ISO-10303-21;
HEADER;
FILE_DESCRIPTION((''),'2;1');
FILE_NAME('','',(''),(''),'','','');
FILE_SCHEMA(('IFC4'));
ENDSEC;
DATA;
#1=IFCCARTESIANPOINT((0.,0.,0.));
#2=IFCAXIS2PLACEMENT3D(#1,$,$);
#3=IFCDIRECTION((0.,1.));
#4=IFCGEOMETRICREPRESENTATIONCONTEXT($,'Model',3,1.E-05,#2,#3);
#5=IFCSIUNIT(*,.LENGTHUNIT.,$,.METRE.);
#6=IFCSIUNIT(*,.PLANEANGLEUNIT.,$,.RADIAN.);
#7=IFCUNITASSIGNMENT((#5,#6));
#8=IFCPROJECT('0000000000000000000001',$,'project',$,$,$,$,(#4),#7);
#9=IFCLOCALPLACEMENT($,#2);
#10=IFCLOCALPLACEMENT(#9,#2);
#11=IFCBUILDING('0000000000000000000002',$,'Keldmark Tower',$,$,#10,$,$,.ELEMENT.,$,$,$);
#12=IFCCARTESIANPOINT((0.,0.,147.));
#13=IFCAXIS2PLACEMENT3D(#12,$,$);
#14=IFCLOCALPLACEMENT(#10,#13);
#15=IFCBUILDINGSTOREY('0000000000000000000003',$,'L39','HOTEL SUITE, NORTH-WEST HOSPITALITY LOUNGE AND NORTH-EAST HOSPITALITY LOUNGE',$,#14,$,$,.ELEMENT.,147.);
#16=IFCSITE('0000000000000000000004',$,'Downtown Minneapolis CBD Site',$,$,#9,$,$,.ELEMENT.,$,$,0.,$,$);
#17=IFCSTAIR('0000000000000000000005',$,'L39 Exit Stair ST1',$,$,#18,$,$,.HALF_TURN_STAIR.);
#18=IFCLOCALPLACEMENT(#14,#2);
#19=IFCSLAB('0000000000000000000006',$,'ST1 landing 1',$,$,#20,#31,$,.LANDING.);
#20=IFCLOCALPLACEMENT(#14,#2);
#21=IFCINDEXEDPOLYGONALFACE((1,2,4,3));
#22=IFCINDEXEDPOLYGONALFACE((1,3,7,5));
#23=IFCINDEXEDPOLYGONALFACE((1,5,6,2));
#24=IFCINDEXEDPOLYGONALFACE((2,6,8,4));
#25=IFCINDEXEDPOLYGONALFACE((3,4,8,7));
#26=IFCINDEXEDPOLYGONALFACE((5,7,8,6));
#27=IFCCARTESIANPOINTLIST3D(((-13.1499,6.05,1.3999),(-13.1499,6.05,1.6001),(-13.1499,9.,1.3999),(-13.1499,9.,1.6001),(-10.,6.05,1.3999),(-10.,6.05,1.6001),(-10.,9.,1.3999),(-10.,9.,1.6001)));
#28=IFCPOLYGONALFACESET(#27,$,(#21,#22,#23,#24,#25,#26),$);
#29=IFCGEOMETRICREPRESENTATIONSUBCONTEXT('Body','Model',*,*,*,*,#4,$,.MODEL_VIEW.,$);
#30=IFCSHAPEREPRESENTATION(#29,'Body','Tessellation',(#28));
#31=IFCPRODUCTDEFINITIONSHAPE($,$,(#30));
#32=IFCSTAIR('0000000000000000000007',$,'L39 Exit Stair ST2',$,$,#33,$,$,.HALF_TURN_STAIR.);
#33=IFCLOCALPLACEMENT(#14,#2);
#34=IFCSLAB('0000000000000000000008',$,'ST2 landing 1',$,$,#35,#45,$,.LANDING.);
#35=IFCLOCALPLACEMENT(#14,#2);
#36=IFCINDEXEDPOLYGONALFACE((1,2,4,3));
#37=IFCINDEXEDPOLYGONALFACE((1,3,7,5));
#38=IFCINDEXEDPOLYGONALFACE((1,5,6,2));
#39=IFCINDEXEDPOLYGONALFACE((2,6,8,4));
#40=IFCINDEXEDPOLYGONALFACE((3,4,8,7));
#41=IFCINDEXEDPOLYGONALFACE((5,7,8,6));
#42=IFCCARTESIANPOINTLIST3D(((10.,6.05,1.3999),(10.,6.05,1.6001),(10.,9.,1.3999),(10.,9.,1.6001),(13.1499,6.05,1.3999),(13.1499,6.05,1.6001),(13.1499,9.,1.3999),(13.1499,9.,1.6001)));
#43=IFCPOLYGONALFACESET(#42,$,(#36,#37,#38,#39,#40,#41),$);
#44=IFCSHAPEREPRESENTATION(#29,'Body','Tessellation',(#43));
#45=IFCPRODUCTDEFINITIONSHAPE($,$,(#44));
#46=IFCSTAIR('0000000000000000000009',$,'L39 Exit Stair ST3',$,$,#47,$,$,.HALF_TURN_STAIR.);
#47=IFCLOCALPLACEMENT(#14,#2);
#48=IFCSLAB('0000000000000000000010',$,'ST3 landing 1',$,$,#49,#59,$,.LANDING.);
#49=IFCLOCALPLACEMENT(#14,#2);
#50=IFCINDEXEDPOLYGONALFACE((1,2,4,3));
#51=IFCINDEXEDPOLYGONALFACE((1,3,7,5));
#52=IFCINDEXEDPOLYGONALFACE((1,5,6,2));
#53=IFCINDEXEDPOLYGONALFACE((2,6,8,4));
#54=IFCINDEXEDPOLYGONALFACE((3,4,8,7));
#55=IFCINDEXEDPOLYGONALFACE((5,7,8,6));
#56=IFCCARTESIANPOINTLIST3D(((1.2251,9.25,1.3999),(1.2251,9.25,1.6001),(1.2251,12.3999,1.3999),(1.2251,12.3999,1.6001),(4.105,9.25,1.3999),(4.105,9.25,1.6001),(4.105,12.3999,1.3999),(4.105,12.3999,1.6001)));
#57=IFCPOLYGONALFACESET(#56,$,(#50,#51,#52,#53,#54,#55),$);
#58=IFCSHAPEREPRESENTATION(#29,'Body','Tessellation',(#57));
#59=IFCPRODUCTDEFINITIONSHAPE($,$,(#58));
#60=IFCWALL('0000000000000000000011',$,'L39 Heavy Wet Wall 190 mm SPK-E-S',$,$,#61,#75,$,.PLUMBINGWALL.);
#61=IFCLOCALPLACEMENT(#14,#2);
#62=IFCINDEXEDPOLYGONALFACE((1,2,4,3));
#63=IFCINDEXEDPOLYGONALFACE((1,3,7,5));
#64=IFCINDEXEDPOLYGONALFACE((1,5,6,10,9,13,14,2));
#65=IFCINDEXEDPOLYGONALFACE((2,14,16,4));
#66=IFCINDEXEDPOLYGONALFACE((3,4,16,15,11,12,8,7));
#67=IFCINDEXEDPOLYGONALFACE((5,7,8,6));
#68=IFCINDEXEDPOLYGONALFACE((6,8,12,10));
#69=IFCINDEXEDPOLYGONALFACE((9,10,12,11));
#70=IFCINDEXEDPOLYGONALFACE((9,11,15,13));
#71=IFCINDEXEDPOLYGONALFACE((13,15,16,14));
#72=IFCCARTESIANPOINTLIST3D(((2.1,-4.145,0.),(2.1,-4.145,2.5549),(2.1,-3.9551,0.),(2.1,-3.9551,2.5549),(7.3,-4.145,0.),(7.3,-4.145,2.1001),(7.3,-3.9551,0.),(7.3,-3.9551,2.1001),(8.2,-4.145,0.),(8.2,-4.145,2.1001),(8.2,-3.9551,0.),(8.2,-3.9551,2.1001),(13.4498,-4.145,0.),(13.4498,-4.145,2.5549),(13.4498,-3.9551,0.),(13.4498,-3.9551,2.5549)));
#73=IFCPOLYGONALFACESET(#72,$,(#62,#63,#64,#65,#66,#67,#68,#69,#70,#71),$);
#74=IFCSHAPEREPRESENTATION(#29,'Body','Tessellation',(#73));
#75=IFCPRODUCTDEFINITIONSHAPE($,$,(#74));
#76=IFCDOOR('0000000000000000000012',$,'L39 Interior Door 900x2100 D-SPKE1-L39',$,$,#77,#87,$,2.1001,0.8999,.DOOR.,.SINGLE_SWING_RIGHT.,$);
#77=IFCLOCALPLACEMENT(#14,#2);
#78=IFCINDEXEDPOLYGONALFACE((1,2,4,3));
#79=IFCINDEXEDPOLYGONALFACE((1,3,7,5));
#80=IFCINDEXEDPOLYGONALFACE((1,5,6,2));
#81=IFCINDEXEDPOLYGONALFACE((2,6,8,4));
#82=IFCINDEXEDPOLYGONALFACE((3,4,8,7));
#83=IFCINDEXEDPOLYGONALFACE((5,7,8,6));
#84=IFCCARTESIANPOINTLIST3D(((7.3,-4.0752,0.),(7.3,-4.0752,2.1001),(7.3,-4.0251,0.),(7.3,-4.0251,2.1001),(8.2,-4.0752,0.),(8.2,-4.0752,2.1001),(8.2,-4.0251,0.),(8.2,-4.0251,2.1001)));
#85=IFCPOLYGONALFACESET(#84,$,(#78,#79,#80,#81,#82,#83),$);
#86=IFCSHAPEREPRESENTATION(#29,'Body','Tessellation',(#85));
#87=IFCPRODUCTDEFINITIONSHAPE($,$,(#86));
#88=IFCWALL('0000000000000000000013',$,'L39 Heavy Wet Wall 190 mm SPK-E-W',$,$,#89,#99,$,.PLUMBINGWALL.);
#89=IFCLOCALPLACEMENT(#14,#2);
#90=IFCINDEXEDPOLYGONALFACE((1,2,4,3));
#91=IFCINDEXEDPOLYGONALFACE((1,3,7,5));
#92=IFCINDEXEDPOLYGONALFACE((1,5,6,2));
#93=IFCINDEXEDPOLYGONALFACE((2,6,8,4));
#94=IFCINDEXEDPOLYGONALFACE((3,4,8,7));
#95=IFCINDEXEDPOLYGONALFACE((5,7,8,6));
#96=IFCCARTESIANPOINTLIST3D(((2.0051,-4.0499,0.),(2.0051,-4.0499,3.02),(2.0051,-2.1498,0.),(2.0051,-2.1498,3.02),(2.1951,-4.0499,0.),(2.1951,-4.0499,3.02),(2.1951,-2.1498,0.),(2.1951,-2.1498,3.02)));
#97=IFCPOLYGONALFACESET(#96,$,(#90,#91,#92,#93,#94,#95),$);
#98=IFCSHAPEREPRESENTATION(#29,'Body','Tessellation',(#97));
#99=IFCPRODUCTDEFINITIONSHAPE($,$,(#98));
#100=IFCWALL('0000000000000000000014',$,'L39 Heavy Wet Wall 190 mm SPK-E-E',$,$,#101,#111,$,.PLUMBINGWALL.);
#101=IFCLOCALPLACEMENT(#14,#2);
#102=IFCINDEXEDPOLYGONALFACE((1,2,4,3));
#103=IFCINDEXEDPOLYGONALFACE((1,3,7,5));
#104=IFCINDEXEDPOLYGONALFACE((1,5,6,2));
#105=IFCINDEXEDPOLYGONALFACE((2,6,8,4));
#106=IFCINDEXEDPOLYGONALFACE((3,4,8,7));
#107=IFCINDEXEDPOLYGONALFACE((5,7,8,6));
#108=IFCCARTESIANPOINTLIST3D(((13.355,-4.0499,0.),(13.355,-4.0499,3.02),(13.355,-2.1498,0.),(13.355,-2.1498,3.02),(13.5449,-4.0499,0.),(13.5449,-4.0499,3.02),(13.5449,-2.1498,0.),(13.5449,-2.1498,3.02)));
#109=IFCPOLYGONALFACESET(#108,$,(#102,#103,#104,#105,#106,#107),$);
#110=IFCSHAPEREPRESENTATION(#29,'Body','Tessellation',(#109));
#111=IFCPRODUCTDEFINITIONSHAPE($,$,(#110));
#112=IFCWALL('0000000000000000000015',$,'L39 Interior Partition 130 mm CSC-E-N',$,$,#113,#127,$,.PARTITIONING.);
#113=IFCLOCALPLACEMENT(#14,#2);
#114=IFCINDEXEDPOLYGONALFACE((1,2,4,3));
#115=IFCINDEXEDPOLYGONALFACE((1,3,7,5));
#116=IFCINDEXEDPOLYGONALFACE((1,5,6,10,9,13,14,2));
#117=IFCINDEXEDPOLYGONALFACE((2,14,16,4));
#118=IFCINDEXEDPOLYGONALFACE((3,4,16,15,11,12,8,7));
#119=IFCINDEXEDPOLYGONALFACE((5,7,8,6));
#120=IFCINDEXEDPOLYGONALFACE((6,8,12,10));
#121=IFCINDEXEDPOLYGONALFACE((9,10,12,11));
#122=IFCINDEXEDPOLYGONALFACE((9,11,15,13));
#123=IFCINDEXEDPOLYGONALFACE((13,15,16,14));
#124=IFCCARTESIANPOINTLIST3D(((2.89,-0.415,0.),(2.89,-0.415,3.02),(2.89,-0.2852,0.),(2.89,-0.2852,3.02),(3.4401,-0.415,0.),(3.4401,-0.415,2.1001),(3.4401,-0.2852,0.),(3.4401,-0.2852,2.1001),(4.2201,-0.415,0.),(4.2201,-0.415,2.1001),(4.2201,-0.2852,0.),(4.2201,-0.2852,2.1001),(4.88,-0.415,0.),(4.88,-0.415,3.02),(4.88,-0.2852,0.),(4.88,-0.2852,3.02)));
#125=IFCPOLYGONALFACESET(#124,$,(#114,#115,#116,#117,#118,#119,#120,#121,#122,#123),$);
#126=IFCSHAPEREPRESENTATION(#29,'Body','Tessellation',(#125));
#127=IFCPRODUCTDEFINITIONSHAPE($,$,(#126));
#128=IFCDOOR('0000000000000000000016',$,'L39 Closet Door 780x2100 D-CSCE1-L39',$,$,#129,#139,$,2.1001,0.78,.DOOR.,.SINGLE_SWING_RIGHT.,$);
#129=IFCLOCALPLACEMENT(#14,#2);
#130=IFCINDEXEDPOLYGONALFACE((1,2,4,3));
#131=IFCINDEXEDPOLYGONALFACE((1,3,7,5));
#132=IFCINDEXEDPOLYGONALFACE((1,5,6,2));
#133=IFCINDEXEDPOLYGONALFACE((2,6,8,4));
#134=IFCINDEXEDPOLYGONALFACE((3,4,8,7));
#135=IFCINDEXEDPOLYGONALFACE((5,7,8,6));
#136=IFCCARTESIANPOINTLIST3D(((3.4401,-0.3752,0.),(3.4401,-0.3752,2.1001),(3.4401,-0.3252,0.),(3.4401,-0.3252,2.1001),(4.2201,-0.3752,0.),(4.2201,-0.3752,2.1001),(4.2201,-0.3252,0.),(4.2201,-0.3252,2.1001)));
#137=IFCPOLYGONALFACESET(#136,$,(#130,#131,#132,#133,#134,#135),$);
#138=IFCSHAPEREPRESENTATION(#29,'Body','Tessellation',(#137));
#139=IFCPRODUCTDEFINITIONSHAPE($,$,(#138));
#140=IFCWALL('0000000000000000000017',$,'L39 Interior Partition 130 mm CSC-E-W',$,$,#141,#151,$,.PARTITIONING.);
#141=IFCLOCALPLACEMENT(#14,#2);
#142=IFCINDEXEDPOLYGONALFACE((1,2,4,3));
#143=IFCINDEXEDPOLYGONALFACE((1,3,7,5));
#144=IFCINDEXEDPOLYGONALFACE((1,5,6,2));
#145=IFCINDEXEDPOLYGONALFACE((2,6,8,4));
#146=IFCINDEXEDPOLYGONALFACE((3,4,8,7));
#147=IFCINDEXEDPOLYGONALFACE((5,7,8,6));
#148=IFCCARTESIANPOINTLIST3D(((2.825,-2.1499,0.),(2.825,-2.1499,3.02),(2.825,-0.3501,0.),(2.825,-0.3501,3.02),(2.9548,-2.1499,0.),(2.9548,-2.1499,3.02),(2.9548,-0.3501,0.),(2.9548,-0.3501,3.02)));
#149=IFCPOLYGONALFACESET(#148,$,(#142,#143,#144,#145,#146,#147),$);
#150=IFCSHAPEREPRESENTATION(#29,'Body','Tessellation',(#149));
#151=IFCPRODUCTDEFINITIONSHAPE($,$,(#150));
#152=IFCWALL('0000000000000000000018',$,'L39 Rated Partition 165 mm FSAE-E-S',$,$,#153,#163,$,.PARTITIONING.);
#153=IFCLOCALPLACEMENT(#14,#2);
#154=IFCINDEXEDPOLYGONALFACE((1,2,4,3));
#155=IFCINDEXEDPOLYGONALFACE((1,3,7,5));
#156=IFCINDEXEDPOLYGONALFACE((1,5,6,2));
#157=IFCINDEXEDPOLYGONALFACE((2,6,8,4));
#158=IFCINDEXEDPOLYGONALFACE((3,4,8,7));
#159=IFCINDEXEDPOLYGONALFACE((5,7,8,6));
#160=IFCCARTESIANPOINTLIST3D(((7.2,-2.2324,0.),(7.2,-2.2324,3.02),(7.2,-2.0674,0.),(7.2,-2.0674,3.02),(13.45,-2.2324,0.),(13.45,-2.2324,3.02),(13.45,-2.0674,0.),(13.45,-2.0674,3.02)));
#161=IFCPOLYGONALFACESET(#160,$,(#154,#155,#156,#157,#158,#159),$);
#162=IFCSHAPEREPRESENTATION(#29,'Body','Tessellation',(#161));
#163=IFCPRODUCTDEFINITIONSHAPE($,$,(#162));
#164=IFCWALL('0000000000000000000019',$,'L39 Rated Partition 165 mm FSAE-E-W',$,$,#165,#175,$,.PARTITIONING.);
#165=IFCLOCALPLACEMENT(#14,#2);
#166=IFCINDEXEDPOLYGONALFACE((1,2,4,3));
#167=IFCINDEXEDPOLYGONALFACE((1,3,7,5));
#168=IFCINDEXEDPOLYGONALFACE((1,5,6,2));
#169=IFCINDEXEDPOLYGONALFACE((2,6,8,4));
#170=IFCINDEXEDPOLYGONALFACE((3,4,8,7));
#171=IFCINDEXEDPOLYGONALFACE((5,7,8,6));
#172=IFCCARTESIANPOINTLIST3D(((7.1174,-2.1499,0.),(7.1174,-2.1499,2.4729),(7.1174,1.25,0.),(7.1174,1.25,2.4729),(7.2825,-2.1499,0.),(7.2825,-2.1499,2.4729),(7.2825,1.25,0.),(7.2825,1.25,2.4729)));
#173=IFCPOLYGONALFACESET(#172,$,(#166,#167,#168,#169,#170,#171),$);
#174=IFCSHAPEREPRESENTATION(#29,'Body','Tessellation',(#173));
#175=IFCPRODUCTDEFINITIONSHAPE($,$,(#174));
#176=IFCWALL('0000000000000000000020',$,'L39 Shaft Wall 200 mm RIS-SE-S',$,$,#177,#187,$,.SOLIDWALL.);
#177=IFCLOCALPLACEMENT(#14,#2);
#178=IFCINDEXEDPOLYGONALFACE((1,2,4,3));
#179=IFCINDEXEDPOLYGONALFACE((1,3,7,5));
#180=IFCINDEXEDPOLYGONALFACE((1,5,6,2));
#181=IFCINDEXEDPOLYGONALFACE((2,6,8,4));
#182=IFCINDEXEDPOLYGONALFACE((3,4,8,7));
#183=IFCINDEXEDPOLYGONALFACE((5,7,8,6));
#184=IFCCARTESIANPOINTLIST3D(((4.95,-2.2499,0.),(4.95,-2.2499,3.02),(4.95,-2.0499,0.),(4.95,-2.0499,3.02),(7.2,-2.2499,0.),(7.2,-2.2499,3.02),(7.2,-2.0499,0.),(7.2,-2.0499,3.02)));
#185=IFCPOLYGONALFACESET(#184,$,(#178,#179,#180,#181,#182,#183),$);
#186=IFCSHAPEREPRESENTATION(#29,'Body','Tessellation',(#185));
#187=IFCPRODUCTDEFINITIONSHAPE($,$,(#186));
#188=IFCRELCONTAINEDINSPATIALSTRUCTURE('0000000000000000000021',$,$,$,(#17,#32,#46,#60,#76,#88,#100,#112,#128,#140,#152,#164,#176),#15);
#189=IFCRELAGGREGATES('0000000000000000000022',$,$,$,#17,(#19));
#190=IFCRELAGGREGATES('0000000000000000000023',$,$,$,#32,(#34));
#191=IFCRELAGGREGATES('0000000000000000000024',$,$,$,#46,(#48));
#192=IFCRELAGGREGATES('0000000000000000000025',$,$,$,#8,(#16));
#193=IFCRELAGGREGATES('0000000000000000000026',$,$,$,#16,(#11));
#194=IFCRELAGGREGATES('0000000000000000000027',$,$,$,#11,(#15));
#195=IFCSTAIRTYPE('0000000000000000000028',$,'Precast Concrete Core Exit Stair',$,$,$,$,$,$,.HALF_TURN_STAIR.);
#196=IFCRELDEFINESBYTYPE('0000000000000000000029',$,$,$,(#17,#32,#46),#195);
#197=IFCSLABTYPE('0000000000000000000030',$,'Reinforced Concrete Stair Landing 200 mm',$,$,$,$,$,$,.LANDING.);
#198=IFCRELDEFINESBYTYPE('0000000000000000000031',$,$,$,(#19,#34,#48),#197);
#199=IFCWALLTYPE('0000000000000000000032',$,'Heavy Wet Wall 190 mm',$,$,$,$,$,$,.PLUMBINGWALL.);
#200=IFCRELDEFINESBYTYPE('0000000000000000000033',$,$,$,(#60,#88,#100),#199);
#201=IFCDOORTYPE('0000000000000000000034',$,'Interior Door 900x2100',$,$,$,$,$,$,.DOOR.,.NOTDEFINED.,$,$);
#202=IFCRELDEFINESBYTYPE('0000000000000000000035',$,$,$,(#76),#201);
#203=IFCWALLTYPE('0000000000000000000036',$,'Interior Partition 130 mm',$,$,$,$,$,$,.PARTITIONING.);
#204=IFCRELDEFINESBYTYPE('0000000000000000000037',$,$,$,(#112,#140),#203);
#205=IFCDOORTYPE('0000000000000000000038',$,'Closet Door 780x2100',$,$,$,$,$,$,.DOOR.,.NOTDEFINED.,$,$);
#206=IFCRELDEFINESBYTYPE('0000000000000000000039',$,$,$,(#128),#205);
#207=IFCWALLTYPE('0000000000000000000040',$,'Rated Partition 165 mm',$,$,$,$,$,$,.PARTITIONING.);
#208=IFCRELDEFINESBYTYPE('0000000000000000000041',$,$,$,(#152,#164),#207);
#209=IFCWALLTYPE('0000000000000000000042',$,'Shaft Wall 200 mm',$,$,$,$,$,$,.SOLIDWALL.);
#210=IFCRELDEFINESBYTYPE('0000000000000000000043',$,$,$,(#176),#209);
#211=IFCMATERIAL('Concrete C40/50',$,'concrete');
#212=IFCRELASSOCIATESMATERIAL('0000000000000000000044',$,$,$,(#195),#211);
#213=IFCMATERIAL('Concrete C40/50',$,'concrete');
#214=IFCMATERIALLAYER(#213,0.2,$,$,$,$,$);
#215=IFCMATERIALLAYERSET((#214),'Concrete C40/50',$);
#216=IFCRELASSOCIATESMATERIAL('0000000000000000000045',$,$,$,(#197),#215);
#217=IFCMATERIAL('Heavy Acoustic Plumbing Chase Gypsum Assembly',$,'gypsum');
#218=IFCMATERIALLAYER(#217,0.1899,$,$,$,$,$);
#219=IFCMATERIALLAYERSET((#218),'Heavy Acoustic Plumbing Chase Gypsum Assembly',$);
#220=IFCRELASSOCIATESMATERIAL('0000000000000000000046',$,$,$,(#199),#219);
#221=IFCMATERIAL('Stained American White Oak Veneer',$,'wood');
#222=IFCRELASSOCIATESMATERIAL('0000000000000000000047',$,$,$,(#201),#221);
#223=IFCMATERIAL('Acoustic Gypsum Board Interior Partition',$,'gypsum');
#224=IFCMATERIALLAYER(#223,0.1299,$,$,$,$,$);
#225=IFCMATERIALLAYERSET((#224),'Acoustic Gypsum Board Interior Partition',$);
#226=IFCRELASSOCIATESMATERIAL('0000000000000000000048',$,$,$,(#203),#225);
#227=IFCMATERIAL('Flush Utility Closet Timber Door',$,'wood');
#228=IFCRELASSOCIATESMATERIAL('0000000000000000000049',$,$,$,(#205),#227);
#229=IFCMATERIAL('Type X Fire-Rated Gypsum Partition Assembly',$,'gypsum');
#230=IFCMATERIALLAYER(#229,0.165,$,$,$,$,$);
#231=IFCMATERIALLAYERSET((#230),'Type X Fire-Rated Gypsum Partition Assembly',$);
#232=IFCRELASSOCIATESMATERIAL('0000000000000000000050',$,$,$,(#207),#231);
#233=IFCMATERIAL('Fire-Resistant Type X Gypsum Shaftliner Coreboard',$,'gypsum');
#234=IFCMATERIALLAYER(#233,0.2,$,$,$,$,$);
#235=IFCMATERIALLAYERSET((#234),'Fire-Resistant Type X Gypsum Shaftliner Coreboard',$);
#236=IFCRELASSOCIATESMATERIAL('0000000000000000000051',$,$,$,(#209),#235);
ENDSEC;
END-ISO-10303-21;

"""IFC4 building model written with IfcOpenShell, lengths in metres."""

from ifc_helpers import new_model, si_unit, direction, frame, frame_2d, origin, place, context, subcontext, project, spatial, polyline, rectangle, outline, extrude, material, layer, layer_set, type_object, element, fill, aggregate, save


model = new_model("IFC4")

# Units and contexts
model_context = context("Model", 3, precision=1e-05, world=origin(), true_north=direction((0.0, 1.0)))
body_context = subcontext(model_context, "Body", "Model", "MODEL_VIEW")
ifc_project = project(units=[si_unit("LENGTHUNIT", "METRE"), si_unit("PLANEANGLEUNIT", "RADIAN")], contexts=[model_context])

# Site, building, storey
site_placement = place(None, origin())
site = spatial("IfcSite", under=ifc_project, at=site_placement, Name="Downtown Minneapolis CBD Site", CompositionType="ELEMENT", RefElevation=0.0)
building_placement = place(site_placement, origin())
building = spatial("IfcBuilding", under=site, at=building_placement, Name="Keldmark Tower", CompositionType="ELEMENT")
storey_placement = place(building_placement, frame((0.0, 0.0, 147.0)))
storey = spatial("IfcBuildingStorey", under=building, at=storey_placement, Name="L39", Description="HOTEL SUITE, NORTH-WEST HOSPITALITY LOUNGE AND NORTH-EAST HOSPITALITY LOUNGE", CompositionType="ELEMENT", Elevation=147.0)

# Stairs, slabs
ifc_material_1 = material(Name="Concrete C40/50", Category="concrete")
stair_type = type_object("IfcStairType", Name="Precast Concrete Core Exit Stair", PredefinedType="HALF_TURN_STAIR", material=ifc_material_1)
stair_1_placement = place(storey_placement, origin())
stair_1 = element("IfcStair", 1, at=stair_1_placement, inside=storey, type_object=stair_type, Name="L39 Exit Stair ST1", PredefinedType="HALF_TURN_STAIR")
ifc_material_2 = material(Name="Concrete C40/50", Category="concrete")
ifc_layer_1 = layer(ifc_material_2, 0.2)
ifc_layer_set_1 = layer_set([ifc_layer_1], Name="Concrete C40/50")
slab_type_1 = type_object("IfcSlabType", Name="Reinforced Concrete Stair Landing 200 mm", PredefinedType="LANDING", material=ifc_layer_set_1)
slab_1_placement = place(storey_placement, frame((0.0, 0.0, 1.3999)))
slab_1 = element("IfcSlab", 2, at=slab_1_placement, type_object=slab_type_1, Name="ST1 landing 1", PredefinedType="LANDING", context=body_context, shape_type="SweptSolid", body=[
    extrude(outline(polyline([(-10.0, 6.05), (-10.0, 9.0), (-13.1499, 9.0), (-13.1499, 6.05), (-10.0, 6.05)])), origin(), (0.0, 0.0, 1.0), 0.2002),
])
aggregate(stair_1, [slab_1])
stair_2_placement = place(storey_placement, origin())
stair_2 = element("IfcStair", 3, at=stair_2_placement, inside=storey, type_object=stair_type, Name="L39 Exit Stair ST2", PredefinedType="HALF_TURN_STAIR")
slab_2_placement = place(storey_placement, frame((0.0, 0.0, 1.3999)))
slab_2 = element("IfcSlab", 4, at=slab_2_placement, type_object=slab_type_1, Name="ST2 landing 1", PredefinedType="LANDING", context=body_context, shape_type="SweptSolid", body=[
    extrude(outline(polyline([(13.1499, 6.05), (13.1499, 9.0), (10.0, 9.0), (10.0, 6.05), (13.1499, 6.05)])), origin(), (0.0, 0.0, 1.0), 0.2002),
])
aggregate(stair_2, [slab_2])
stair_3_placement = place(storey_placement, origin())
stair_3 = element("IfcStair", 5, at=stair_3_placement, inside=storey, type_object=stair_type, Name="L39 Exit Stair ST3", PredefinedType="HALF_TURN_STAIR")
slab_3_placement = place(storey_placement, frame((0.0, 0.0, 1.3999)))
slab_3 = element("IfcSlab", 6, at=slab_3_placement, type_object=slab_type_1, Name="ST3 landing 1", PredefinedType="LANDING", context=body_context, shape_type="SweptSolid", body=[
    extrude(outline(polyline([(1.2251, 9.25), (4.105, 9.25), (4.105, 12.3999), (1.2251, 12.3999), (1.2251, 9.25)])), origin(), (0.0, 0.0, 1.0), 0.2002),
])
aggregate(stair_3, [slab_3])

# Wall, opening, door
ifc_material_3 = material(Name="Heavy Acoustic Plumbing Chase Gypsum Assembly", Category="gypsum")
ifc_layer_2 = layer(ifc_material_3, 0.1899)
ifc_layer_set_2 = layer_set([ifc_layer_2], Name="Heavy Acoustic Plumbing Chase Gypsum Assembly")
wall_type_1 = type_object("IfcWallType", Name="Heavy Wet Wall 190 mm", PredefinedType="PLUMBINGWALL", material=ifc_layer_set_2)
wall_1_placement = place(storey_placement, frame((2.1001, -4.05, 0.0), z_axis=(0.0, 0.0, 1.0), x_axis=(1.0, 0.0, 0.0)))
wall_1 = element("IfcWall", 7, at=wall_1_placement, inside=storey, type_object=wall_type_1, Name="L39 Heavy Wet Wall 190 mm SPK-E-S", PredefinedType="PLUMBINGWALL", context=body_context, shape_type="SweptSolid", body=[
    extrude(rectangle(XDim=11.3499, YDim=0.1899, at=frame_2d((5.6748, 0.0))), origin(), (0.0, 0.0, 1.0), 2.5549),
])
opening_1_placement = place(wall_1_placement, frame((5.2, 0.0, 0.0)))
opening_1 = element("IfcOpeningElement", 8, at=opening_1_placement, cuts=wall_1, PredefinedType="OPENING", context=body_context, shape_type="SweptSolid", body=[
    extrude(rectangle(XDim=0.8999, YDim=2.1001, at=frame_2d((0.45, 1.05))), frame((0.0, 0.105, 0.0), z_axis=(0.0, -1.0, 0.0), x_axis=(1.0, 0.0, 0.0)), (0.0, 0.0, 1.0), 0.21),
])
ifc_material_4 = material(Name="Stained American White Oak Veneer", Category="wood")
door_type_1 = type_object("IfcDoorType", Name="Interior Door 900x2100", OperationType="NOTDEFINED", PredefinedType="DOOR", material=ifc_material_4)
door_1_placement = place(opening_1_placement, origin())
door_1 = element("IfcDoor", 9, at=door_1_placement, inside=storey, type_object=door_type_1, Name="L39 Interior Door 900x2100 D-SPKE1-L39", OperationType="SINGLE_SWING_RIGHT", OverallHeight=2.1001, OverallWidth=0.8999, PredefinedType="DOOR", context=body_context, shape_type="SweptSolid", body=[
    extrude(rectangle(XDim=0.8999, YDim=2.1001, at=frame_2d((0.45, 1.05))), frame((0.0, 0.0249, 0.0), z_axis=(0.0, -1.0, 0.0), x_axis=(1.0, 0.0, 0.0)), (0.0, 0.0, 1.0), 0.05),
])
fill(opening_1, door_1)

# Walls
for number, where, z_axis, x_axis, name in (
    (10, (2.1001, -4.05, 0.0), (0.0, 0.0, 1.0), (0.0, 1.0, 0.0), "L39 Heavy Wet Wall 190 mm SPK-E-W"),
    (11, (13.45, -4.05, 0.0), (0.0, 0.0, 1.0), (0.0, 1.0, 0.0), "L39 Heavy Wet Wall 190 mm SPK-E-E"),
):
    element("IfcWall", number, at=place(storey_placement, frame(where, z_axis=z_axis, x_axis=x_axis)), inside=storey, type_object=wall_type_1, Name=name, PredefinedType="PLUMBINGWALL", context=body_context, shape_type="SweptSolid", body=[
        extrude(rectangle(XDim=1.9001, YDim=0.1899, at=frame_2d((0.9502, 0.0))), origin(), (0.0, 0.0, 1.0), 3.02),
    ])

# Wall, opening, door
ifc_material_5 = material(Name="Acoustic Gypsum Board Interior Partition", Category="gypsum")
ifc_layer_3 = layer(ifc_material_5, 0.1299)
ifc_layer_set_3 = layer_set([ifc_layer_3], Name="Acoustic Gypsum Board Interior Partition")
wall_type_2 = type_object("IfcWallType", Name="Interior Partition 130 mm", PredefinedType="PARTITIONING", material=ifc_layer_set_3)
wall_2_placement = place(storey_placement, frame((2.8899, -0.3501, 0.0), z_axis=(0.0, 0.0, 1.0), x_axis=(1.0, 0.0, 0.0)))
wall_2 = element("IfcWall", 12, at=wall_2_placement, inside=storey, type_object=wall_type_2, Name="L39 Interior Partition 130 mm CSC-E-N", PredefinedType="PARTITIONING", context=body_context, shape_type="SweptSolid", body=[
    extrude(rectangle(XDim=1.99, YDim=0.1299, at=frame_2d((0.9951, 0.0))), origin(), (0.0, 0.0, 1.0), 3.02),
])
opening_2_placement = place(wall_2_placement, frame((0.55, 0.0, 0.0)))
opening_2 = element("IfcOpeningElement", 13, at=opening_2_placement, cuts=wall_2, PredefinedType="OPENING", context=body_context, shape_type="SweptSolid", body=[
    extrude(rectangle(XDim=0.78, YDim=2.1001, at=frame_2d((0.3901, 1.05))), frame((0.0, 0.075, 0.0), z_axis=(0.0, -1.0, 0.0), x_axis=(1.0, 0.0, 0.0)), (0.0, 0.0, 1.0), 0.1499),
])
ifc_material_6 = material(Name="Flush Utility Closet Timber Door", Category="wood")
door_type_2 = type_object("IfcDoorType", Name="Closet Door 780x2100", OperationType="NOTDEFINED", PredefinedType="DOOR", material=ifc_material_6)
door_2_placement = place(opening_2_placement, origin())
door_2 = element("IfcDoor", 14, at=door_2_placement, inside=storey, type_object=door_type_2, Name="L39 Closet Door 780x2100 D-CSCE1-L39", OperationType="SINGLE_SWING_RIGHT", OverallHeight=2.1001, OverallWidth=0.78, PredefinedType="DOOR", context=body_context, shape_type="SweptSolid", body=[
    extrude(rectangle(XDim=0.78, YDim=2.1001, at=frame_2d((0.3901, 1.05))), frame((0.0, 0.0249, 0.0), z_axis=(0.0, -1.0, 0.0), x_axis=(1.0, 0.0, 0.0)), (0.0, 0.0, 1.0), 0.05),
])
fill(opening_2, door_2)

# Walls
wall_3_placement = place(storey_placement, frame((2.8899, -2.1499, 0.0), z_axis=(0.0, 0.0, 1.0), x_axis=(0.0, 1.0, 0.0)))
element("IfcWall", 15, at=wall_3_placement, inside=storey, type_object=wall_type_2, Name="L39 Interior Partition 130 mm CSC-E-W", PredefinedType="PARTITIONING", context=body_context, shape_type="SweptSolid", body=[
    extrude(rectangle(XDim=1.7998, YDim=0.1299, at=frame_2d((0.8999, 0.0))), origin(), (0.0, 0.0, 1.0), 3.02),
])
ifc_material_7 = material(Name="Type X Fire-Rated Gypsum Partition Assembly", Category="gypsum")
ifc_layer_4 = layer(ifc_material_7, 0.165)
ifc_layer_set_4 = layer_set([ifc_layer_4], Name="Type X Fire-Rated Gypsum Partition Assembly")
wall_type_3 = type_object("IfcWallType", Name="Rated Partition 165 mm", PredefinedType="PARTITIONING", material=ifc_layer_set_4)
wall_4_placement = place(storey_placement, frame((7.2, -2.1499, 0.0), z_axis=(0.0, 0.0, 1.0), x_axis=(1.0, 0.0, 0.0)))
element("IfcWall", 16, at=wall_4_placement, inside=storey, type_object=wall_type_3, Name="L39 Rated Partition 165 mm FSAE-E-S", PredefinedType="PARTITIONING", context=body_context, shape_type="SweptSolid", body=[
    extrude(rectangle(XDim=6.25, YDim=0.165, at=frame_2d((3.125, 0.0))), origin(), (0.0, 0.0, 1.0), 3.02),
])
wall_5_placement = place(storey_placement, frame((7.2, -2.1499, 0.0), z_axis=(0.0, 0.0, 1.0), x_axis=(0.0, 1.0, 0.0)))
element("IfcWall", 17, at=wall_5_placement, inside=storey, type_object=wall_type_3, Name="L39 Rated Partition 165 mm FSAE-E-W", PredefinedType="PARTITIONING", context=body_context, shape_type="SweptSolid", body=[
    extrude(rectangle(XDim=3.3999, YDim=0.165, at=frame_2d((1.7, 0.0))), origin(), (0.0, 0.0, 1.0), 2.4729),
])

# Wall
ifc_material_8 = material(Name="Fire-Resistant Type X Gypsum Shaftliner Coreboard", Category="gypsum")
ifc_layer_5 = layer(ifc_material_8, 0.2)
ifc_layer_set_5 = layer_set([ifc_layer_5], Name="Fire-Resistant Type X Gypsum Shaftliner Coreboard")
wall_type_4 = type_object("IfcWallType", Name="Shaft Wall 200 mm", PredefinedType="SOLIDWALL", material=ifc_layer_set_5)
wall_6_placement = place(storey_placement, frame((4.95, -2.1499, 0.0), z_axis=(0.0, 0.0, 1.0), x_axis=(1.0, 0.0, 0.0)))
element("IfcWall", 18, at=wall_6_placement, inside=storey, type_object=wall_type_4, Name="L39 Shaft Wall 200 mm RIS-SE-S", PredefinedType="SOLIDWALL", context=body_context, shape_type="SweptSolid", body=[
    extrude(rectangle(XDim=2.25, YDim=0.2, at=frame_2d((1.125, 0.0))), origin(), (0.0, 0.0, 1.0), 3.02),
])

save(model, "model.ifc")
